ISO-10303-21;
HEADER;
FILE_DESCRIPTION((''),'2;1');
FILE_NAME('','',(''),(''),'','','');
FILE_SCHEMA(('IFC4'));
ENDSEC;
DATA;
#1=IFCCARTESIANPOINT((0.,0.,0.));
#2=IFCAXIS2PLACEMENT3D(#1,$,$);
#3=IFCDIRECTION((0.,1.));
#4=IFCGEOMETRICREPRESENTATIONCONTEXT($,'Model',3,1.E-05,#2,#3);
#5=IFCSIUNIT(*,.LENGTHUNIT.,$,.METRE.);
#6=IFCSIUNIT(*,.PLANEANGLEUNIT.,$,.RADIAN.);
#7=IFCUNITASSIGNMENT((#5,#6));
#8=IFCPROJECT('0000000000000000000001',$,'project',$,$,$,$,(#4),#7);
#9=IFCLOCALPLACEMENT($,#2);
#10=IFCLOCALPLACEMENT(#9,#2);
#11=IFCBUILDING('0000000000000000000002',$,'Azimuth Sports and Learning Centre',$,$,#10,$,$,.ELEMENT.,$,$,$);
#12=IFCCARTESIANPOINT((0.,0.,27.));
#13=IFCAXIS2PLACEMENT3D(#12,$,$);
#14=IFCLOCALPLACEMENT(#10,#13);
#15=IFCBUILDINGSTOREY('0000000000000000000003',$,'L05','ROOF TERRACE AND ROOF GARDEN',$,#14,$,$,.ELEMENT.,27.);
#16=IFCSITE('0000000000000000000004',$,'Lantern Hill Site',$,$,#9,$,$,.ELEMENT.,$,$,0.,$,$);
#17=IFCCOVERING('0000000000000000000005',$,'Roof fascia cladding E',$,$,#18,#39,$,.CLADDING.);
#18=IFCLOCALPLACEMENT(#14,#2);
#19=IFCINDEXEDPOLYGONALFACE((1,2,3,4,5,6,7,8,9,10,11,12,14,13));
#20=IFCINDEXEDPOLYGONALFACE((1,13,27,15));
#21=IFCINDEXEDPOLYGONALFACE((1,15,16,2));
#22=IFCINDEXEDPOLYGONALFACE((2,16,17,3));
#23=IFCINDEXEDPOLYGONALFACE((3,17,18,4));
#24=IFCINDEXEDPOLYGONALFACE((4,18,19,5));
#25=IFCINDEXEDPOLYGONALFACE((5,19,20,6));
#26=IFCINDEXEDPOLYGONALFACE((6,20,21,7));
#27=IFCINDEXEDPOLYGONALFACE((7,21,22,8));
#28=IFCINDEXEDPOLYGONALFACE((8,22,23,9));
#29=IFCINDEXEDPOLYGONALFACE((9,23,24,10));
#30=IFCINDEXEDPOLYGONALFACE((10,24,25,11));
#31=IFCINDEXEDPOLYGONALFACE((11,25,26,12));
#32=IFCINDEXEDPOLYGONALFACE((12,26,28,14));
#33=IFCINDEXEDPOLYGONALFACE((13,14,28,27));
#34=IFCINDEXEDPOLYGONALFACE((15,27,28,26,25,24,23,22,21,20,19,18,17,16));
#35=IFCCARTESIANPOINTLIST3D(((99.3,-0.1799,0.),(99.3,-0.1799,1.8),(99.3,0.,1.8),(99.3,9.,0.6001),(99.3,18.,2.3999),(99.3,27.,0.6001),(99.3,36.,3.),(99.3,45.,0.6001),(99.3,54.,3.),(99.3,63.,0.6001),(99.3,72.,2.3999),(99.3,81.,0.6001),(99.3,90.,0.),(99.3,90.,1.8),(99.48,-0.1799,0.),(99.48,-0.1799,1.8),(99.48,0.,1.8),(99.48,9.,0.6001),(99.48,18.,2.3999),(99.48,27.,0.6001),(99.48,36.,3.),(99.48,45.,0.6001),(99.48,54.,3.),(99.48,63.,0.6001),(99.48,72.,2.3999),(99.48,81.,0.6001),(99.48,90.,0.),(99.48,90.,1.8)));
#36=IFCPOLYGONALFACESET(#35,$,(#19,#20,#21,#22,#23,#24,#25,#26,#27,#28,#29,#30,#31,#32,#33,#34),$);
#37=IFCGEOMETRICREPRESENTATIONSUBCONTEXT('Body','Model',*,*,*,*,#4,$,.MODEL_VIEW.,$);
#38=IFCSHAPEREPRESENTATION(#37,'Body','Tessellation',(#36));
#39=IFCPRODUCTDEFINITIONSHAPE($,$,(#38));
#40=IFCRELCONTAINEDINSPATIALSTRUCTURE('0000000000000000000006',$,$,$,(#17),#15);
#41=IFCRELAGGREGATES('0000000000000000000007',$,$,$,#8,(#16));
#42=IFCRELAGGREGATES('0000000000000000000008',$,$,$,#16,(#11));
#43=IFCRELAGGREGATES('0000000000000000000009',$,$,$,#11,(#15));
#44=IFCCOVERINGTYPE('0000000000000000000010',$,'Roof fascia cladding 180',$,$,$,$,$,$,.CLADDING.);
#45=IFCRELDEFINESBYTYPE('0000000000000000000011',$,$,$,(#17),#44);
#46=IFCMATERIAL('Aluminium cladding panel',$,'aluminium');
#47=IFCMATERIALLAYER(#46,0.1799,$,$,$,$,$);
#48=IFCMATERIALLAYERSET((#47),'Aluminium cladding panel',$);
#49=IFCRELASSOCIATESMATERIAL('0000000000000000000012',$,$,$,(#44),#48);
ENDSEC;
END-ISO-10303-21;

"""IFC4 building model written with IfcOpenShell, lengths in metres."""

from ifc_helpers import new_model, si_unit, direction, frame, origin, place, context, subcontext, project, spatial, polyline, outline, extrude, material, layer, layer_set, type_object, element, save


model = new_model("IFC4")

# Units and contexts
model_context = context("Model", 3, precision=1e-05, world=origin(), true_north=direction((0.0, 1.0)))
body_context = subcontext(model_context, "Body", "Model", "MODEL_VIEW")
ifc_project = project(units=[si_unit("LENGTHUNIT", "METRE"), si_unit("PLANEANGLEUNIT", "RADIAN")], contexts=[model_context])

# Site, building, storey
site_placement = place(None, origin())
site = spatial("IfcSite", under=ifc_project, at=site_placement, Name="Lantern Hill Site", CompositionType="ELEMENT", RefElevation=0.0)
building_placement = place(site_placement, origin())
building = spatial("IfcBuilding", under=site, at=building_placement, Name="Azimuth Sports and Learning Centre", CompositionType="ELEMENT")
storey_placement = place(building_placement, frame((0.0, 0.0, 27.0)))
storey = spatial("IfcBuildingStorey", under=building, at=storey_placement, Name="L05", Description="ROOF TERRACE AND ROOF GARDEN", CompositionType="ELEMENT", Elevation=27.0)

# Covering
ifc_material_1 = material(Name="Aluminium cladding panel", Category="aluminium")
ifc_layer = layer(ifc_material_1, 0.1799)
ifc_layer_set = layer_set([ifc_layer], Name="Aluminium cladding panel")
covering_type = type_object("IfcCoveringType", Name="Roof fascia cladding 180", PredefinedType="CLADDING", material=ifc_layer_set)
covering_placement = place(storey_placement, frame((99.3899, -0.1799, 0.0), z_axis=(0.0, 0.0, 1.0), x_axis=(0.0, 1.0, 0.0)))
element("IfcCovering", 1, at=covering_placement, inside=storey, type_object=covering_type, Name="Roof fascia cladding E", PredefinedType="CLADDING", context=body_context, shape_type="SweptSolid", body=[
    extrude(outline(polyline([(0.0, 0.0), (90.1799, 0.0), (90.1799, 1.8), (81.1799, 0.6001), (72.1799, 2.3999), (63.1799, 0.6001), (54.1799, 3.0), (45.1799, 0.6001), (36.1799, 3.0), (27.1799, 0.6001), (18.1799, 2.3999), (9.1799, 0.6001), (0.1799, 1.8), (0.0, 1.8), (0.0, 0.0)])), frame((0.0, 0.0898, 0.0), z_axis=(0.0, -1.0, 0.0), x_axis=(1.0, 0.0, 0.0)), (0.0, 0.0, 1.0), 0.1799),
])

save(model, "model.ifc")
